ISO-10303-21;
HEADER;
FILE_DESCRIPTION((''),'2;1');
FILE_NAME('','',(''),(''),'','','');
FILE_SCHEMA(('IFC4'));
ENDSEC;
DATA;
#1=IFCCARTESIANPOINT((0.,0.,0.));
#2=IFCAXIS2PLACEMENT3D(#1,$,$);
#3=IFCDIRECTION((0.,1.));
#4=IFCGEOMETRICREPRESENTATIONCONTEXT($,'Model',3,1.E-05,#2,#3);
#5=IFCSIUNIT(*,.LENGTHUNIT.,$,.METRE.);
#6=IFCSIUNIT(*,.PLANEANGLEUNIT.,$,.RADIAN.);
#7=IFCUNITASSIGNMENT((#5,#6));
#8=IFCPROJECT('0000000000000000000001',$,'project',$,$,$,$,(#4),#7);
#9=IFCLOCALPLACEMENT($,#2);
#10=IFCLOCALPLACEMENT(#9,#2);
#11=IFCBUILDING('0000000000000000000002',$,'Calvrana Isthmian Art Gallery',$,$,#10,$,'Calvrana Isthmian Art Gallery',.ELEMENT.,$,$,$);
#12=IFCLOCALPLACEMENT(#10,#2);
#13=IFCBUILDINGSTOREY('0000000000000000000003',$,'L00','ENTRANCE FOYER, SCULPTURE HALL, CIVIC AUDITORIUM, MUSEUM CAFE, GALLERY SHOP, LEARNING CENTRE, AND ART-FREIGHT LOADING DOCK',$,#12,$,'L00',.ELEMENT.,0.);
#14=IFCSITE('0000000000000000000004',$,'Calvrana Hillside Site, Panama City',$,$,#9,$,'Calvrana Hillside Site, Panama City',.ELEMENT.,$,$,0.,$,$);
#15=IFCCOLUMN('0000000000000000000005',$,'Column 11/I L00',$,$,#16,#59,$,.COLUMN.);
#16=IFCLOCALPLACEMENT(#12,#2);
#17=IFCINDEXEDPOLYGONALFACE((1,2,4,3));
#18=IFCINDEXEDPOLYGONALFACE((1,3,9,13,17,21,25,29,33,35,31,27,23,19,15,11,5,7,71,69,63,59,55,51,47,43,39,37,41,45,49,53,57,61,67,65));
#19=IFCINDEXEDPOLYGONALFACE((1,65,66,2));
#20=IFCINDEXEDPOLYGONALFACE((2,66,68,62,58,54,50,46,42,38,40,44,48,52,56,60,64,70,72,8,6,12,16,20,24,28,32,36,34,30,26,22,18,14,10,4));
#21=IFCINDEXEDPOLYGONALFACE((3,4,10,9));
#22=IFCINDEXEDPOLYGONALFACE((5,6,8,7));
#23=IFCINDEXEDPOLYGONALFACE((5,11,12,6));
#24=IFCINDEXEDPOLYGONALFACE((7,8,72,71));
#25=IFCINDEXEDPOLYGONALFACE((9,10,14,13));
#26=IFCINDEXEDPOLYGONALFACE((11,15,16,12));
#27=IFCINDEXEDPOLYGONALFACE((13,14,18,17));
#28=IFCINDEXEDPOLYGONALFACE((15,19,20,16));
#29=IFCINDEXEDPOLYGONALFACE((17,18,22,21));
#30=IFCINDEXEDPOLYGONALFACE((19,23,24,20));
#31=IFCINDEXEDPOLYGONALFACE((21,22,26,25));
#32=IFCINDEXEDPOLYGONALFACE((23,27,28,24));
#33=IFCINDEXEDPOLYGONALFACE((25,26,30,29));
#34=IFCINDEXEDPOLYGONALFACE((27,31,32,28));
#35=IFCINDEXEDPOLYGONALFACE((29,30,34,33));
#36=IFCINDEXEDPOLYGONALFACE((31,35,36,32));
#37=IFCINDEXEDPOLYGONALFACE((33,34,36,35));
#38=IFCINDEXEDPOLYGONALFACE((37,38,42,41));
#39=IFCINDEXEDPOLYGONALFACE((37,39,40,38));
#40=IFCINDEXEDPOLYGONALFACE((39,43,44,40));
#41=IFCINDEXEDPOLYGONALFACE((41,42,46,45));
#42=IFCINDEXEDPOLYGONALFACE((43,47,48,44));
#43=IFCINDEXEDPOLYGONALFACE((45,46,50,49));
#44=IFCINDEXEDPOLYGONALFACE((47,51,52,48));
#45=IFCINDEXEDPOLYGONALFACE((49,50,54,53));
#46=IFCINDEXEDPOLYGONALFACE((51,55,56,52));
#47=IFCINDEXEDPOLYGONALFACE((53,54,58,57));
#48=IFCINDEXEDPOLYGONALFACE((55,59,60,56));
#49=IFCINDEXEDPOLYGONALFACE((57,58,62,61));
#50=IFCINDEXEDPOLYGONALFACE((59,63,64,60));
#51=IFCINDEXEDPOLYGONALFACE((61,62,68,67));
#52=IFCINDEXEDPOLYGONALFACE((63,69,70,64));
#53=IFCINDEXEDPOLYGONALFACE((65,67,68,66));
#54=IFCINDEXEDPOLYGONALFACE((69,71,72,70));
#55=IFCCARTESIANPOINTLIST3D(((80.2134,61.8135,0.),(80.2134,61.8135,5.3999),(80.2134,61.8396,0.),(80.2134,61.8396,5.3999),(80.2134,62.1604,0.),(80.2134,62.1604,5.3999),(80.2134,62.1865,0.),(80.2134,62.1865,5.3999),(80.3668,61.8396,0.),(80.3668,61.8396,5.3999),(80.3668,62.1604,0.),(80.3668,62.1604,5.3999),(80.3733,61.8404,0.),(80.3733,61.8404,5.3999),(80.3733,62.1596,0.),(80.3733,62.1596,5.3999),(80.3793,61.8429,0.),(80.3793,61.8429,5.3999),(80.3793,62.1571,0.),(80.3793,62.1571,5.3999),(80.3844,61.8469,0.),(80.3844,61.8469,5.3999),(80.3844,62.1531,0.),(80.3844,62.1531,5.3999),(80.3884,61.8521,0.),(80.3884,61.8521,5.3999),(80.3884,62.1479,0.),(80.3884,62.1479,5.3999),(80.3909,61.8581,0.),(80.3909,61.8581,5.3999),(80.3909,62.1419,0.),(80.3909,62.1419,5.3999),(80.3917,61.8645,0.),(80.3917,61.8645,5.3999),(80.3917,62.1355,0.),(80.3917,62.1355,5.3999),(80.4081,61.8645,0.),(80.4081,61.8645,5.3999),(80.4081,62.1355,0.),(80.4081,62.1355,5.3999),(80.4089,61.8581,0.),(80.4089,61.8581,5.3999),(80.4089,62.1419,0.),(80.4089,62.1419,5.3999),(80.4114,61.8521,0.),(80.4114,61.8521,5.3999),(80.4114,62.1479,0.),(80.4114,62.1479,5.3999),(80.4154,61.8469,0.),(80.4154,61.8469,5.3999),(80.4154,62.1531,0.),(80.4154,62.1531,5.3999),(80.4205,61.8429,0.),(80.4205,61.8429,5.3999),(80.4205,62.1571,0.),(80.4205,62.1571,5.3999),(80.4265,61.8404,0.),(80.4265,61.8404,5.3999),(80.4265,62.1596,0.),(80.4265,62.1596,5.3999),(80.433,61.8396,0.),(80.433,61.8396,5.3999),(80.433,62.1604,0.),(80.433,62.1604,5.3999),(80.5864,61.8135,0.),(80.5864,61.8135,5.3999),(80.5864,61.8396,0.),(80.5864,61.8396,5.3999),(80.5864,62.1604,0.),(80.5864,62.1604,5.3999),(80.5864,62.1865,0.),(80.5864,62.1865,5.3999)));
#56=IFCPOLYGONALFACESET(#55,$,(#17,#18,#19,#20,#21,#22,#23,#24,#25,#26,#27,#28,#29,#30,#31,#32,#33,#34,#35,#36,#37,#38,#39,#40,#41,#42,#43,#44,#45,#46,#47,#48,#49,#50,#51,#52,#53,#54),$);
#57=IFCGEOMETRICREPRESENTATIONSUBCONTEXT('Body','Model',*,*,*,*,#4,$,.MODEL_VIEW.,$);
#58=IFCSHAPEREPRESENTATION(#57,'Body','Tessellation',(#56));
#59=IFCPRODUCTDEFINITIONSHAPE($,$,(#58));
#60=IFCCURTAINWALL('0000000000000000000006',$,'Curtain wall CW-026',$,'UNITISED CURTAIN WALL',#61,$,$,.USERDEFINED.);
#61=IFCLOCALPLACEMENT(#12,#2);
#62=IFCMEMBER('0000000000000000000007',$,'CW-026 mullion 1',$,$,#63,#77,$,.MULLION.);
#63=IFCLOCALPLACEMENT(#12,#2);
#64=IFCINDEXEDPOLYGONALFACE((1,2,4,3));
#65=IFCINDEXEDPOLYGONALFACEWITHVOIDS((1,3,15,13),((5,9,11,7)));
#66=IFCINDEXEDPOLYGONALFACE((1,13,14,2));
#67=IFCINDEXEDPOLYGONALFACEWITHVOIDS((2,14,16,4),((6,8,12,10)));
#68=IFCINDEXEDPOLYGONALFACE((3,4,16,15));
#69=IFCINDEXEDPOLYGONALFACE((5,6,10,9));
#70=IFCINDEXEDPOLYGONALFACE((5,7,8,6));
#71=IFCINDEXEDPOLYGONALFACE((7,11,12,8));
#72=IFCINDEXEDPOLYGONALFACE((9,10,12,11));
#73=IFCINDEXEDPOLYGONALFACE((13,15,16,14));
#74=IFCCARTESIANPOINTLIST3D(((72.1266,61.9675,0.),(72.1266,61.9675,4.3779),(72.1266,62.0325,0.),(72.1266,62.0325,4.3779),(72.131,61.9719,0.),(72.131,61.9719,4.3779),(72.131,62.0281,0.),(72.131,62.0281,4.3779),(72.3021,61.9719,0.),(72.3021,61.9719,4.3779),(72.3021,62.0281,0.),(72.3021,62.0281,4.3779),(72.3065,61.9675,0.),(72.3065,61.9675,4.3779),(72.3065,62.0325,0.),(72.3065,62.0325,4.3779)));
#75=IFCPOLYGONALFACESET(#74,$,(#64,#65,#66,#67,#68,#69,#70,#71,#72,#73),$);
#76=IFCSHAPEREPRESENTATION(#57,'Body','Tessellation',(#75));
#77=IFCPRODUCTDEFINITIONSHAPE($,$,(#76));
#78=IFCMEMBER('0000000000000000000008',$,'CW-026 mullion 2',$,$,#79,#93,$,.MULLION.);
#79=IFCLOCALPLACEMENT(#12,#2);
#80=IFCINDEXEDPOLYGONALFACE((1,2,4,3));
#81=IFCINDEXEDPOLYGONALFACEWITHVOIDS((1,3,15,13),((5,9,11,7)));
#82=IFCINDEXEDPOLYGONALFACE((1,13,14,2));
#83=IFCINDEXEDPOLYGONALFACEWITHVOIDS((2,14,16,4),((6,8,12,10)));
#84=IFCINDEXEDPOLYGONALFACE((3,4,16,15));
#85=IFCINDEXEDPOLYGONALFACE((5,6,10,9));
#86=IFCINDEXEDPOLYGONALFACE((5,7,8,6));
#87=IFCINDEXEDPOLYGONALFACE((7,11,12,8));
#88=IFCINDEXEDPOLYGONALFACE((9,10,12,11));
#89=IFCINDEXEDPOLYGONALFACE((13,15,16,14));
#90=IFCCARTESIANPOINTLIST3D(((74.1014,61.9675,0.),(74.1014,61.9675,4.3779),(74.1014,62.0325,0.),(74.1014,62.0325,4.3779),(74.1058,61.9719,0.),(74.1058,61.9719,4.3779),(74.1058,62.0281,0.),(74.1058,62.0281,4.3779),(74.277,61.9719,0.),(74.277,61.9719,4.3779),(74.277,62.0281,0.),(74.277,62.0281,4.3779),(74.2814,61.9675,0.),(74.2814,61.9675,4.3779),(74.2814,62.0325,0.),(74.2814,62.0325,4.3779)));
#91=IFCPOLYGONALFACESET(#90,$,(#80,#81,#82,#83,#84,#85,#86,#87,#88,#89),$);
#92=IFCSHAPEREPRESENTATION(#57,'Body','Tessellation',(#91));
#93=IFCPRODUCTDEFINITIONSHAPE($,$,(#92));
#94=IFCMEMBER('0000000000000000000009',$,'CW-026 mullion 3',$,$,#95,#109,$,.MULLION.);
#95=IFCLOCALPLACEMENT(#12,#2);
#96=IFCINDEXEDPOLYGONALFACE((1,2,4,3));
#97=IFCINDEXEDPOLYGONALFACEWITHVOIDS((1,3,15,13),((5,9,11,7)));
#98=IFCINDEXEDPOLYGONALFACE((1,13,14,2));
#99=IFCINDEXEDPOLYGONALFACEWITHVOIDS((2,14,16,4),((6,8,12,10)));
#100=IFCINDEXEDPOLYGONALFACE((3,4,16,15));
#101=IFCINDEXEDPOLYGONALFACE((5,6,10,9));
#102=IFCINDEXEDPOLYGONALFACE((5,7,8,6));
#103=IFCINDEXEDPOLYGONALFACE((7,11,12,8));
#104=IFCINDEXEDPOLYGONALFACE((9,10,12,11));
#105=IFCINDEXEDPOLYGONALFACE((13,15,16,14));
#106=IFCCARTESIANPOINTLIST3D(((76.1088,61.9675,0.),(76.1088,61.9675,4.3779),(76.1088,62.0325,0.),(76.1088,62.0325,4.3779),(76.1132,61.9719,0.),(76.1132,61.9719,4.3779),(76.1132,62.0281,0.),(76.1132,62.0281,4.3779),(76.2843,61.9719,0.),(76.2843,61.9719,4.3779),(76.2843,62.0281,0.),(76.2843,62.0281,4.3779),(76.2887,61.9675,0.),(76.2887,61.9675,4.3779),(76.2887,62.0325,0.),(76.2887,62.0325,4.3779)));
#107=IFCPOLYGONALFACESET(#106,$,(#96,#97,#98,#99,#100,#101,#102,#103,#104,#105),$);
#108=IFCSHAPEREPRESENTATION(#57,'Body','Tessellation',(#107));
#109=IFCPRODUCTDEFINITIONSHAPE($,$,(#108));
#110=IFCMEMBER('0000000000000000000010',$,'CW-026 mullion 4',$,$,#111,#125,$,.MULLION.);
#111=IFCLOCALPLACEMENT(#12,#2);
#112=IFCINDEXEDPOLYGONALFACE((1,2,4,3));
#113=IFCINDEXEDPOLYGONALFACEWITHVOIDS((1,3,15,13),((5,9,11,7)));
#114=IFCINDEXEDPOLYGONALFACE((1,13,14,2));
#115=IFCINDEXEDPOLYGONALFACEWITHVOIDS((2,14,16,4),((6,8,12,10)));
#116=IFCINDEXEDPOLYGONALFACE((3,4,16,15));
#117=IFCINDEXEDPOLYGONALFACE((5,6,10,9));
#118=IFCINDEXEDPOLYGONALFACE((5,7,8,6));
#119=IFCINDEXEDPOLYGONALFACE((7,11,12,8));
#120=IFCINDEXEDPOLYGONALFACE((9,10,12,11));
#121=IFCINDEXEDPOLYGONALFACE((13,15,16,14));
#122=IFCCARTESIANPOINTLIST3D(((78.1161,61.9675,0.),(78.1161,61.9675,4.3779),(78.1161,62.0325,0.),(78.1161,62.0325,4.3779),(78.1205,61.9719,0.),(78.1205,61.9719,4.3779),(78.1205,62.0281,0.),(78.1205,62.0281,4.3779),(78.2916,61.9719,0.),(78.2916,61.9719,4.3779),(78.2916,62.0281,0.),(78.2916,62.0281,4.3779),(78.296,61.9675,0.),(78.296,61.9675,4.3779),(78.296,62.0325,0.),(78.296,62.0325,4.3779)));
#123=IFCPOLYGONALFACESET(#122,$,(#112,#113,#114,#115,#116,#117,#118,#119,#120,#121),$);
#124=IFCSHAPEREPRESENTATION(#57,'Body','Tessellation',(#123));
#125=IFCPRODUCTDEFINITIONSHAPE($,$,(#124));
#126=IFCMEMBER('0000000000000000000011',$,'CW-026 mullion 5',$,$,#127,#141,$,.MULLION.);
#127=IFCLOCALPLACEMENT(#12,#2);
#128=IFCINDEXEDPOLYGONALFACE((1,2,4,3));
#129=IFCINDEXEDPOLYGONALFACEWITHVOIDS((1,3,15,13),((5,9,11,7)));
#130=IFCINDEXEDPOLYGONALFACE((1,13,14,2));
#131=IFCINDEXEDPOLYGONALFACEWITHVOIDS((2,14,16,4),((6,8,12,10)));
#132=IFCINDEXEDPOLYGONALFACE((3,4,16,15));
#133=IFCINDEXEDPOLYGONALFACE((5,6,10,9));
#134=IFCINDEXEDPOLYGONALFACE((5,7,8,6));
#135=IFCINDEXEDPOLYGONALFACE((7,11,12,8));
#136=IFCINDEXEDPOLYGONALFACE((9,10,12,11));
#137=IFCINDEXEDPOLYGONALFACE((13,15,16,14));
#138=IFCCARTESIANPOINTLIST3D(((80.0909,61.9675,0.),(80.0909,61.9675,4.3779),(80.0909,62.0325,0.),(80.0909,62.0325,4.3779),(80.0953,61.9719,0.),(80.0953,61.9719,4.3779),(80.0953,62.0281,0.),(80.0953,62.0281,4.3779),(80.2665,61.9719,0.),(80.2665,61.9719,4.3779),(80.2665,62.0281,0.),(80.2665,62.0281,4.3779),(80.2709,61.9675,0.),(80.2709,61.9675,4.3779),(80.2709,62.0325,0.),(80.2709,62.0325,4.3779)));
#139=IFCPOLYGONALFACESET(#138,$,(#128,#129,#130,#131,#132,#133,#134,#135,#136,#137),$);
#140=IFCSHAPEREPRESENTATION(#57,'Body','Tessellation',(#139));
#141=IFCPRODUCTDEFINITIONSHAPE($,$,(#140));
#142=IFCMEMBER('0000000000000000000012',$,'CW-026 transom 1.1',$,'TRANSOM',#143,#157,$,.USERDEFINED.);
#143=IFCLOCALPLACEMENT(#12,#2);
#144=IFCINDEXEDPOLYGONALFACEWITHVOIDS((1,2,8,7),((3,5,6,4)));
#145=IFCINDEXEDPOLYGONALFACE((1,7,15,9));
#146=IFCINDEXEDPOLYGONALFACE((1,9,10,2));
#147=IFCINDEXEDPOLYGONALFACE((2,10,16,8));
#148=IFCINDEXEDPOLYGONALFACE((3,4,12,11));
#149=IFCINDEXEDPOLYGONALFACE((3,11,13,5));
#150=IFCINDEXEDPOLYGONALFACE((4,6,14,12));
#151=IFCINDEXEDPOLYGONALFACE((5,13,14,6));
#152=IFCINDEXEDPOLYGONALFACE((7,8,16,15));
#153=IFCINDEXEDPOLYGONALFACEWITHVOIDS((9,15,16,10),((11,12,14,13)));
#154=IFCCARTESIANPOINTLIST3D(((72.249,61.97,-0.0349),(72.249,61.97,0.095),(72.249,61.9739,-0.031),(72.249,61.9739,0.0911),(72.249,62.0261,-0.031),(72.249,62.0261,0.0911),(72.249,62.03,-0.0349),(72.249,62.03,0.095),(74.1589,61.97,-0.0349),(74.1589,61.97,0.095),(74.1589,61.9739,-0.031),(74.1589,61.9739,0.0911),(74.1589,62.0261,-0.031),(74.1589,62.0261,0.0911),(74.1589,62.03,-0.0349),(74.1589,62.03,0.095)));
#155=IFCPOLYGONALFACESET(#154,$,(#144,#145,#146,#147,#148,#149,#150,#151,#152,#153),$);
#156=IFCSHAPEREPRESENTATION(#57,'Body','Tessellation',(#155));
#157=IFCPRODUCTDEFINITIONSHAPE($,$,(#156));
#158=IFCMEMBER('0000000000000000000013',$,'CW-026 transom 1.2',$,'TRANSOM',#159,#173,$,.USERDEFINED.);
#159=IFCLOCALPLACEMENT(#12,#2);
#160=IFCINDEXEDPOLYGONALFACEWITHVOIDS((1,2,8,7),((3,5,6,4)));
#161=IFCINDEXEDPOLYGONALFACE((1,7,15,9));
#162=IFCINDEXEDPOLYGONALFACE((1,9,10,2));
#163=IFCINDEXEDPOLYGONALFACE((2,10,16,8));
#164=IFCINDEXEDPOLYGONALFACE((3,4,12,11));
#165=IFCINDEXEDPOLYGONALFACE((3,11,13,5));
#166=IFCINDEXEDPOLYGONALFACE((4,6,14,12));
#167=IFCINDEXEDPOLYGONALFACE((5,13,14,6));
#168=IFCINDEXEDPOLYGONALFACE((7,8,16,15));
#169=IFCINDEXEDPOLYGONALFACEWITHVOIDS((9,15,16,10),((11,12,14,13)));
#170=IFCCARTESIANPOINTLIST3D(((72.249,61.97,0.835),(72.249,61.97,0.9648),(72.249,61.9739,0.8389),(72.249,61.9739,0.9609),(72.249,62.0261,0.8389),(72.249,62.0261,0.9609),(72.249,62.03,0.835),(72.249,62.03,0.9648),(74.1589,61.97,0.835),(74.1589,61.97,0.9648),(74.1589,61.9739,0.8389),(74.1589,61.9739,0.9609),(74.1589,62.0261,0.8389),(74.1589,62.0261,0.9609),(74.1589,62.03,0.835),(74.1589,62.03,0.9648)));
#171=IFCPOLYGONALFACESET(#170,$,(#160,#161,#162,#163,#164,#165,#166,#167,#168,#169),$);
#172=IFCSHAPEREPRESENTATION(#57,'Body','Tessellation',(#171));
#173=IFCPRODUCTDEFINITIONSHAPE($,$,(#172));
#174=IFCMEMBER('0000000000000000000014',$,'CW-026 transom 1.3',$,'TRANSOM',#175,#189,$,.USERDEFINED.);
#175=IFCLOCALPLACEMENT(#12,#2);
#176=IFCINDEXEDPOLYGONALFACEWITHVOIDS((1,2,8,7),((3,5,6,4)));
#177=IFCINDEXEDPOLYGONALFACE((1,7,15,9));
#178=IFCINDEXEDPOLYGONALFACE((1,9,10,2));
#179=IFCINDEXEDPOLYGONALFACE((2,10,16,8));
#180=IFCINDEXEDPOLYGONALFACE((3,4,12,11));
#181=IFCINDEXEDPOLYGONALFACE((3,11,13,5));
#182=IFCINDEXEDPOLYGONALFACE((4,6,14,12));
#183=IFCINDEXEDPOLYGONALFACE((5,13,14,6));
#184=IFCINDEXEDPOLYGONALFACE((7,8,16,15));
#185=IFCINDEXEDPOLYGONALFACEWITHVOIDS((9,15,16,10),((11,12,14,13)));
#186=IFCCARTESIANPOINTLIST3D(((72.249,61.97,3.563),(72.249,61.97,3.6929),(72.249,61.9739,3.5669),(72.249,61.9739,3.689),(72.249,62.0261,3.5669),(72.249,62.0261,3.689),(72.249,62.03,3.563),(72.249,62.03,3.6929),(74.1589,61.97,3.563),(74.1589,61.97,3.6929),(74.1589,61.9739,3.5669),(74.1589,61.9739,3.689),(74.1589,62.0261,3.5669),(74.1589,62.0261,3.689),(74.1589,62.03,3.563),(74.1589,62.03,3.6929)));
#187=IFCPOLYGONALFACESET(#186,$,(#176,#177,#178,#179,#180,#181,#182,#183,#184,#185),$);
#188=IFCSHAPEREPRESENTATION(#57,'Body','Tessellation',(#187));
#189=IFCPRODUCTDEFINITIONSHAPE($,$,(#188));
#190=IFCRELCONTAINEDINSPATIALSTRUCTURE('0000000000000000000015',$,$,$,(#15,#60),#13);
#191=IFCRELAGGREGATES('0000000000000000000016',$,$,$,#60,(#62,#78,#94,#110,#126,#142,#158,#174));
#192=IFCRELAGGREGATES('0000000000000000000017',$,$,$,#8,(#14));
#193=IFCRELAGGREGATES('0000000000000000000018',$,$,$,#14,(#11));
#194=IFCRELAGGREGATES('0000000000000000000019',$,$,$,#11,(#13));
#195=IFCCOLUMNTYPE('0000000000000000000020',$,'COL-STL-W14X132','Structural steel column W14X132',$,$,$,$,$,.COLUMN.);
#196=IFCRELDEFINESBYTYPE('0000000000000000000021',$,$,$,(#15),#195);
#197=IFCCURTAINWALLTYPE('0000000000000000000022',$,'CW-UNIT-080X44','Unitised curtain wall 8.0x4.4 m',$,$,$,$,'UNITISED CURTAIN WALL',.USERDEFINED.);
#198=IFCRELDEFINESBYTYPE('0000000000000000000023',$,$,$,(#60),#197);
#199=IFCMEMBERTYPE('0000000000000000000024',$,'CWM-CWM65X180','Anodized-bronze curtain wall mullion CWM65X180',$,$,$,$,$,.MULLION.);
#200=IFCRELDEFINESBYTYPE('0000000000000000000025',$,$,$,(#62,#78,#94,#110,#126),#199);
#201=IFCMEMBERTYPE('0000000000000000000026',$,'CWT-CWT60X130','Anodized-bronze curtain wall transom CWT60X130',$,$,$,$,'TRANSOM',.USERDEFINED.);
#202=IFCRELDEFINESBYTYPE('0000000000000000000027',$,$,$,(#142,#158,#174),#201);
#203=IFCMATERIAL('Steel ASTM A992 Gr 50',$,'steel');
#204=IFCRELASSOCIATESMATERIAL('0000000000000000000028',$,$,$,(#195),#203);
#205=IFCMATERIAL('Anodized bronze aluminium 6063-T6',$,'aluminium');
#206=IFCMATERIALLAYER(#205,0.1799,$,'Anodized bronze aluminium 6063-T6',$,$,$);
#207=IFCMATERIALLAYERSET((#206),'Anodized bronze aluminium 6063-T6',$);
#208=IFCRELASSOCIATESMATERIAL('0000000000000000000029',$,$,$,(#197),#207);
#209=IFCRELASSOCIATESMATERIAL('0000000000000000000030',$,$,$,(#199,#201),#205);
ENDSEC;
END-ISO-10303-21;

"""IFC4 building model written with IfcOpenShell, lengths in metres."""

from ifc_helpers import new_model, si_unit, direction, frame, origin, origin_2d, place, context, subcontext, project, spatial, hollow_rectangle, i_section, extrude, material, layer, layer_set, material_profile, profile_set, type_object, element, aggregate, save


model = new_model("IFC4")

# Units and contexts
model_context = context("Model", 3, precision=1e-05, world=origin(), true_north=direction((0.0, 1.0)))
body_context = subcontext(model_context, "Body", "Model", "MODEL_VIEW")
ifc_project = project(units=[si_unit("LENGTHUNIT", "METRE"), si_unit("PLANEANGLEUNIT", "RADIAN")], contexts=[model_context])

# Site, building, storey
site_placement = place(None, origin())
site = spatial("IfcSite", under=ifc_project, at=site_placement, Name="Calvrana Hillside Site, Panama City", LongName="Calvrana Hillside Site, Panama City", CompositionType="ELEMENT", RefElevation=0.0)
building_placement = place(site_placement, origin())
building = spatial("IfcBuilding", under=site, at=building_placement, Name="Calvrana Isthmian Art Gallery", LongName="Calvrana Isthmian Art Gallery", CompositionType="ELEMENT")
storey_placement = place(building_placement, origin())
storey = spatial("IfcBuildingStorey", under=building, at=storey_placement, Name="L00", Description="ENTRANCE FOYER, SCULPTURE HALL, CIVIC AUDITORIUM, MUSEUM CAFE, GALLERY SHOP, LEARNING CENTRE, AND ART-FREIGHT LOADING DOCK", LongName="L00", CompositionType="ELEMENT", Elevation=0.0)

# Column
ifc_material_1 = material(Name="Steel ASTM A992 Gr 50", Category="steel")
ifc_material_profile_1 = material_profile(ifc_material_1, i_section(OverallWidth=0.373, OverallDepth=0.373, WebThickness=0.0164, FlangeThickness=0.0261, FilletRadius=0.0249, at=origin_2d()), Name="W14X132")
ifc_profile_set_1 = profile_set([ifc_material_profile_1], Name="Steel ASTM A992 Gr 50")
column_type = type_object("IfcColumnType", Name="COL-STL-W14X132", Description="Structural steel column W14X132", PredefinedType="COLUMN", material=ifc_profile_set_1)
column_placement = place(storey_placement, frame((80.3999, 62.0, 0.0), z_axis=(0.0, 0.0, 1.0), x_axis=(1.0, 0.0, 0.0)))
element("IfcColumn", 1, at=column_placement, inside=storey, type_object=column_type, Name="Column 11/I L00", PredefinedType="COLUMN", context=body_context, shape_type="SweptSolid", body=[
    extrude(i_section(OverallWidth=0.373, OverallDepth=0.373, WebThickness=0.0164, FlangeThickness=0.0261, FilletRadius=0.0249, at=origin_2d()), origin(), (0.0, 0.0, 1.0), 5.3999),
])

# Curtain wall, members
ifc_material_2 = material(Name="Anodized bronze aluminium 6063-T6", Category="aluminium")
ifc_layer_1 = layer(ifc_material_2, 0.1799, Name="Anodized bronze aluminium 6063-T6")
ifc_layer_set_1 = layer_set([ifc_layer_1], Name="Anodized bronze aluminium 6063-T6")
curtain_wall_type = type_object("IfcCurtainWallType", Name="CW-UNIT-080X44", Description="Unitised curtain wall 8.0x4.4 m", ElementType="UNITISED CURTAIN WALL", PredefinedType="USERDEFINED", material=ifc_layer_set_1)
curtain_wall_placement = place(storey_placement, origin())
curtain_wall = element("IfcCurtainWall", 2, at=curtain_wall_placement, inside=storey, type_object=curtain_wall_type, Name="Curtain wall CW-026", ObjectType="UNITISED CURTAIN WALL", PredefinedType="USERDEFINED")
ifc_material_profile_2 = material_profile(ifc_material_2, hollow_rectangle(XDim=0.0649, YDim=0.1799, WallThickness=0.0044, at=origin_2d()), Name="CWM65X180")
ifc_profile_set_2 = profile_set([ifc_material_profile_2], Name="Anodized bronze aluminium 6063-T6")
member_type_1 = type_object("IfcMemberType", Name="CWM-CWM65X180", Description="Anodized-bronze curtain wall mullion CWM65X180", PredefinedType="MULLION", material=ifc_profile_set_2)
member_1_placement = place(storey_placement, frame((72.2166, 62.0, 0.0), z_axis=(0.0, 0.0, 1.0), x_axis=(0.0, 1.0, 0.0)))
member_1 = element("IfcMember", 3, at=member_1_placement, type_object=member_type_1, Name="CW-026 mullion 1", PredefinedType="MULLION", context=body_context, shape_type="SweptSolid", body=[
    extrude(hollow_rectangle(XDim=0.0649, YDim=0.1799, WallThickness=0.0044, at=origin_2d()), origin(), (0.0, 0.0, 1.0), 4.3779),
])
member_2_placement = place(storey_placement, frame((74.1914, 62.0, 0.0), z_axis=(0.0, 0.0, 1.0), x_axis=(0.0, 1.0, 0.0)))
member_2 = element("IfcMember", 4, at=member_2_placement, type_object=member_type_1, Name="CW-026 mullion 2", PredefinedType="MULLION", context=body_context, shape_type="SweptSolid", body=[
    extrude(hollow_rectangle(XDim=0.0649, YDim=0.1799, WallThickness=0.0044, at=origin_2d()), origin(), (0.0, 0.0, 1.0), 4.3779),
])
member_3_placement = place(storey_placement, frame((76.1987, 62.0, 0.0), z_axis=(0.0, 0.0, 1.0), x_axis=(0.0, 1.0, 0.0)))
member_3 = element("IfcMember", 5, at=member_3_placement, type_object=member_type_1, Name="CW-026 mullion 3", PredefinedType="MULLION", context=body_context, shape_type="SweptSolid", body=[
    extrude(hollow_rectangle(XDim=0.0649, YDim=0.1799, WallThickness=0.0044, at=origin_2d()), origin(), (0.0, 0.0, 1.0), 4.3779),
])
member_4_placement = place(storey_placement, frame((78.2061, 62.0, 0.0), z_axis=(0.0, 0.0, 1.0), x_axis=(0.0, 1.0, 0.0)))
member_4 = element("IfcMember", 6, at=member_4_placement, type_object=member_type_1, Name="CW-026 mullion 4", PredefinedType="MULLION", context=body_context, shape_type="SweptSolid", body=[
    extrude(hollow_rectangle(XDim=0.0649, YDim=0.1799, WallThickness=0.0044, at=origin_2d()), origin(), (0.0, 0.0, 1.0), 4.3779),
])
member_5_placement = place(storey_placement, frame((80.1809, 62.0, 0.0), z_axis=(0.0, 0.0, 1.0), x_axis=(0.0, 1.0, 0.0)))
member_5 = element("IfcMember", 7, at=member_5_placement, type_object=member_type_1, Name="CW-026 mullion 5", PredefinedType="MULLION", context=body_context, shape_type="SweptSolid", body=[
    extrude(hollow_rectangle(XDim=0.0649, YDim=0.1799, WallThickness=0.0044, at=origin_2d()), origin(), (0.0, 0.0, 1.0), 4.3779),
])
ifc_material_profile_3 = material_profile(ifc_material_2, hollow_rectangle(XDim=0.0601, YDim=0.1299, WallThickness=0.0039, at=origin_2d()), Name="CWT60X130")
ifc_profile_set_3 = profile_set([ifc_material_profile_3], Name="Anodized bronze aluminium 6063-T6")
member_type_2 = type_object("IfcMemberType", Name="CWT-CWT60X130", Description="Anodized-bronze curtain wall transom CWT60X130", ElementType="TRANSOM", PredefinedType="USERDEFINED", material=ifc_profile_set_3)
member_6_placement = place(storey_placement, frame((72.249, 62.0, 0.03), z_axis=(1.0, 0.0, 0.0), x_axis=(0.0, 1.0, 0.0)))
member_6 = element("IfcMember", 8, at=member_6_placement, type_object=member_type_2, Name="CW-026 transom 1.1", ObjectType="TRANSOM", PredefinedType="USERDEFINED", context=body_context, shape_type="SweptSolid", body=[
    extrude(hollow_rectangle(XDim=0.0601, YDim=0.1299, WallThickness=0.0039, at=origin_2d()), origin(), (0.0, 0.0, 1.0), 1.9099),
])
member_7_placement = place(storey_placement, frame((72.249, 62.0, 0.8999), z_axis=(1.0, 0.0, 0.0), x_axis=(0.0, 1.0, 0.0)))
member_7 = element("IfcMember", 9, at=member_7_placement, type_object=member_type_2, Name="CW-026 transom 1.2", ObjectType="TRANSOM", PredefinedType="USERDEFINED", context=body_context, shape_type="SweptSolid", body=[
    extrude(hollow_rectangle(XDim=0.0601, YDim=0.1299, WallThickness=0.0039, at=origin_2d()), origin(), (0.0, 0.0, 1.0), 1.9099),
])
member_8_placement = place(storey_placement, frame((72.249, 62.0, 3.6279), z_axis=(1.0, 0.0, 0.0), x_axis=(0.0, 1.0, 0.0)))
member_8 = element("IfcMember", 10, at=member_8_placement, type_object=member_type_2, Name="CW-026 transom 1.3", ObjectType="TRANSOM", PredefinedType="USERDEFINED", context=body_context, shape_type="SweptSolid", body=[
    extrude(hollow_rectangle(XDim=0.0601, YDim=0.1299, WallThickness=0.0039, at=origin_2d()), origin(), (0.0, 0.0, 1.0), 1.9099),
])
aggregate(curtain_wall, [member_1, member_2, member_3, member_4, member_5, member_6, member_7, member_8])

save(model, "model.ifc")
